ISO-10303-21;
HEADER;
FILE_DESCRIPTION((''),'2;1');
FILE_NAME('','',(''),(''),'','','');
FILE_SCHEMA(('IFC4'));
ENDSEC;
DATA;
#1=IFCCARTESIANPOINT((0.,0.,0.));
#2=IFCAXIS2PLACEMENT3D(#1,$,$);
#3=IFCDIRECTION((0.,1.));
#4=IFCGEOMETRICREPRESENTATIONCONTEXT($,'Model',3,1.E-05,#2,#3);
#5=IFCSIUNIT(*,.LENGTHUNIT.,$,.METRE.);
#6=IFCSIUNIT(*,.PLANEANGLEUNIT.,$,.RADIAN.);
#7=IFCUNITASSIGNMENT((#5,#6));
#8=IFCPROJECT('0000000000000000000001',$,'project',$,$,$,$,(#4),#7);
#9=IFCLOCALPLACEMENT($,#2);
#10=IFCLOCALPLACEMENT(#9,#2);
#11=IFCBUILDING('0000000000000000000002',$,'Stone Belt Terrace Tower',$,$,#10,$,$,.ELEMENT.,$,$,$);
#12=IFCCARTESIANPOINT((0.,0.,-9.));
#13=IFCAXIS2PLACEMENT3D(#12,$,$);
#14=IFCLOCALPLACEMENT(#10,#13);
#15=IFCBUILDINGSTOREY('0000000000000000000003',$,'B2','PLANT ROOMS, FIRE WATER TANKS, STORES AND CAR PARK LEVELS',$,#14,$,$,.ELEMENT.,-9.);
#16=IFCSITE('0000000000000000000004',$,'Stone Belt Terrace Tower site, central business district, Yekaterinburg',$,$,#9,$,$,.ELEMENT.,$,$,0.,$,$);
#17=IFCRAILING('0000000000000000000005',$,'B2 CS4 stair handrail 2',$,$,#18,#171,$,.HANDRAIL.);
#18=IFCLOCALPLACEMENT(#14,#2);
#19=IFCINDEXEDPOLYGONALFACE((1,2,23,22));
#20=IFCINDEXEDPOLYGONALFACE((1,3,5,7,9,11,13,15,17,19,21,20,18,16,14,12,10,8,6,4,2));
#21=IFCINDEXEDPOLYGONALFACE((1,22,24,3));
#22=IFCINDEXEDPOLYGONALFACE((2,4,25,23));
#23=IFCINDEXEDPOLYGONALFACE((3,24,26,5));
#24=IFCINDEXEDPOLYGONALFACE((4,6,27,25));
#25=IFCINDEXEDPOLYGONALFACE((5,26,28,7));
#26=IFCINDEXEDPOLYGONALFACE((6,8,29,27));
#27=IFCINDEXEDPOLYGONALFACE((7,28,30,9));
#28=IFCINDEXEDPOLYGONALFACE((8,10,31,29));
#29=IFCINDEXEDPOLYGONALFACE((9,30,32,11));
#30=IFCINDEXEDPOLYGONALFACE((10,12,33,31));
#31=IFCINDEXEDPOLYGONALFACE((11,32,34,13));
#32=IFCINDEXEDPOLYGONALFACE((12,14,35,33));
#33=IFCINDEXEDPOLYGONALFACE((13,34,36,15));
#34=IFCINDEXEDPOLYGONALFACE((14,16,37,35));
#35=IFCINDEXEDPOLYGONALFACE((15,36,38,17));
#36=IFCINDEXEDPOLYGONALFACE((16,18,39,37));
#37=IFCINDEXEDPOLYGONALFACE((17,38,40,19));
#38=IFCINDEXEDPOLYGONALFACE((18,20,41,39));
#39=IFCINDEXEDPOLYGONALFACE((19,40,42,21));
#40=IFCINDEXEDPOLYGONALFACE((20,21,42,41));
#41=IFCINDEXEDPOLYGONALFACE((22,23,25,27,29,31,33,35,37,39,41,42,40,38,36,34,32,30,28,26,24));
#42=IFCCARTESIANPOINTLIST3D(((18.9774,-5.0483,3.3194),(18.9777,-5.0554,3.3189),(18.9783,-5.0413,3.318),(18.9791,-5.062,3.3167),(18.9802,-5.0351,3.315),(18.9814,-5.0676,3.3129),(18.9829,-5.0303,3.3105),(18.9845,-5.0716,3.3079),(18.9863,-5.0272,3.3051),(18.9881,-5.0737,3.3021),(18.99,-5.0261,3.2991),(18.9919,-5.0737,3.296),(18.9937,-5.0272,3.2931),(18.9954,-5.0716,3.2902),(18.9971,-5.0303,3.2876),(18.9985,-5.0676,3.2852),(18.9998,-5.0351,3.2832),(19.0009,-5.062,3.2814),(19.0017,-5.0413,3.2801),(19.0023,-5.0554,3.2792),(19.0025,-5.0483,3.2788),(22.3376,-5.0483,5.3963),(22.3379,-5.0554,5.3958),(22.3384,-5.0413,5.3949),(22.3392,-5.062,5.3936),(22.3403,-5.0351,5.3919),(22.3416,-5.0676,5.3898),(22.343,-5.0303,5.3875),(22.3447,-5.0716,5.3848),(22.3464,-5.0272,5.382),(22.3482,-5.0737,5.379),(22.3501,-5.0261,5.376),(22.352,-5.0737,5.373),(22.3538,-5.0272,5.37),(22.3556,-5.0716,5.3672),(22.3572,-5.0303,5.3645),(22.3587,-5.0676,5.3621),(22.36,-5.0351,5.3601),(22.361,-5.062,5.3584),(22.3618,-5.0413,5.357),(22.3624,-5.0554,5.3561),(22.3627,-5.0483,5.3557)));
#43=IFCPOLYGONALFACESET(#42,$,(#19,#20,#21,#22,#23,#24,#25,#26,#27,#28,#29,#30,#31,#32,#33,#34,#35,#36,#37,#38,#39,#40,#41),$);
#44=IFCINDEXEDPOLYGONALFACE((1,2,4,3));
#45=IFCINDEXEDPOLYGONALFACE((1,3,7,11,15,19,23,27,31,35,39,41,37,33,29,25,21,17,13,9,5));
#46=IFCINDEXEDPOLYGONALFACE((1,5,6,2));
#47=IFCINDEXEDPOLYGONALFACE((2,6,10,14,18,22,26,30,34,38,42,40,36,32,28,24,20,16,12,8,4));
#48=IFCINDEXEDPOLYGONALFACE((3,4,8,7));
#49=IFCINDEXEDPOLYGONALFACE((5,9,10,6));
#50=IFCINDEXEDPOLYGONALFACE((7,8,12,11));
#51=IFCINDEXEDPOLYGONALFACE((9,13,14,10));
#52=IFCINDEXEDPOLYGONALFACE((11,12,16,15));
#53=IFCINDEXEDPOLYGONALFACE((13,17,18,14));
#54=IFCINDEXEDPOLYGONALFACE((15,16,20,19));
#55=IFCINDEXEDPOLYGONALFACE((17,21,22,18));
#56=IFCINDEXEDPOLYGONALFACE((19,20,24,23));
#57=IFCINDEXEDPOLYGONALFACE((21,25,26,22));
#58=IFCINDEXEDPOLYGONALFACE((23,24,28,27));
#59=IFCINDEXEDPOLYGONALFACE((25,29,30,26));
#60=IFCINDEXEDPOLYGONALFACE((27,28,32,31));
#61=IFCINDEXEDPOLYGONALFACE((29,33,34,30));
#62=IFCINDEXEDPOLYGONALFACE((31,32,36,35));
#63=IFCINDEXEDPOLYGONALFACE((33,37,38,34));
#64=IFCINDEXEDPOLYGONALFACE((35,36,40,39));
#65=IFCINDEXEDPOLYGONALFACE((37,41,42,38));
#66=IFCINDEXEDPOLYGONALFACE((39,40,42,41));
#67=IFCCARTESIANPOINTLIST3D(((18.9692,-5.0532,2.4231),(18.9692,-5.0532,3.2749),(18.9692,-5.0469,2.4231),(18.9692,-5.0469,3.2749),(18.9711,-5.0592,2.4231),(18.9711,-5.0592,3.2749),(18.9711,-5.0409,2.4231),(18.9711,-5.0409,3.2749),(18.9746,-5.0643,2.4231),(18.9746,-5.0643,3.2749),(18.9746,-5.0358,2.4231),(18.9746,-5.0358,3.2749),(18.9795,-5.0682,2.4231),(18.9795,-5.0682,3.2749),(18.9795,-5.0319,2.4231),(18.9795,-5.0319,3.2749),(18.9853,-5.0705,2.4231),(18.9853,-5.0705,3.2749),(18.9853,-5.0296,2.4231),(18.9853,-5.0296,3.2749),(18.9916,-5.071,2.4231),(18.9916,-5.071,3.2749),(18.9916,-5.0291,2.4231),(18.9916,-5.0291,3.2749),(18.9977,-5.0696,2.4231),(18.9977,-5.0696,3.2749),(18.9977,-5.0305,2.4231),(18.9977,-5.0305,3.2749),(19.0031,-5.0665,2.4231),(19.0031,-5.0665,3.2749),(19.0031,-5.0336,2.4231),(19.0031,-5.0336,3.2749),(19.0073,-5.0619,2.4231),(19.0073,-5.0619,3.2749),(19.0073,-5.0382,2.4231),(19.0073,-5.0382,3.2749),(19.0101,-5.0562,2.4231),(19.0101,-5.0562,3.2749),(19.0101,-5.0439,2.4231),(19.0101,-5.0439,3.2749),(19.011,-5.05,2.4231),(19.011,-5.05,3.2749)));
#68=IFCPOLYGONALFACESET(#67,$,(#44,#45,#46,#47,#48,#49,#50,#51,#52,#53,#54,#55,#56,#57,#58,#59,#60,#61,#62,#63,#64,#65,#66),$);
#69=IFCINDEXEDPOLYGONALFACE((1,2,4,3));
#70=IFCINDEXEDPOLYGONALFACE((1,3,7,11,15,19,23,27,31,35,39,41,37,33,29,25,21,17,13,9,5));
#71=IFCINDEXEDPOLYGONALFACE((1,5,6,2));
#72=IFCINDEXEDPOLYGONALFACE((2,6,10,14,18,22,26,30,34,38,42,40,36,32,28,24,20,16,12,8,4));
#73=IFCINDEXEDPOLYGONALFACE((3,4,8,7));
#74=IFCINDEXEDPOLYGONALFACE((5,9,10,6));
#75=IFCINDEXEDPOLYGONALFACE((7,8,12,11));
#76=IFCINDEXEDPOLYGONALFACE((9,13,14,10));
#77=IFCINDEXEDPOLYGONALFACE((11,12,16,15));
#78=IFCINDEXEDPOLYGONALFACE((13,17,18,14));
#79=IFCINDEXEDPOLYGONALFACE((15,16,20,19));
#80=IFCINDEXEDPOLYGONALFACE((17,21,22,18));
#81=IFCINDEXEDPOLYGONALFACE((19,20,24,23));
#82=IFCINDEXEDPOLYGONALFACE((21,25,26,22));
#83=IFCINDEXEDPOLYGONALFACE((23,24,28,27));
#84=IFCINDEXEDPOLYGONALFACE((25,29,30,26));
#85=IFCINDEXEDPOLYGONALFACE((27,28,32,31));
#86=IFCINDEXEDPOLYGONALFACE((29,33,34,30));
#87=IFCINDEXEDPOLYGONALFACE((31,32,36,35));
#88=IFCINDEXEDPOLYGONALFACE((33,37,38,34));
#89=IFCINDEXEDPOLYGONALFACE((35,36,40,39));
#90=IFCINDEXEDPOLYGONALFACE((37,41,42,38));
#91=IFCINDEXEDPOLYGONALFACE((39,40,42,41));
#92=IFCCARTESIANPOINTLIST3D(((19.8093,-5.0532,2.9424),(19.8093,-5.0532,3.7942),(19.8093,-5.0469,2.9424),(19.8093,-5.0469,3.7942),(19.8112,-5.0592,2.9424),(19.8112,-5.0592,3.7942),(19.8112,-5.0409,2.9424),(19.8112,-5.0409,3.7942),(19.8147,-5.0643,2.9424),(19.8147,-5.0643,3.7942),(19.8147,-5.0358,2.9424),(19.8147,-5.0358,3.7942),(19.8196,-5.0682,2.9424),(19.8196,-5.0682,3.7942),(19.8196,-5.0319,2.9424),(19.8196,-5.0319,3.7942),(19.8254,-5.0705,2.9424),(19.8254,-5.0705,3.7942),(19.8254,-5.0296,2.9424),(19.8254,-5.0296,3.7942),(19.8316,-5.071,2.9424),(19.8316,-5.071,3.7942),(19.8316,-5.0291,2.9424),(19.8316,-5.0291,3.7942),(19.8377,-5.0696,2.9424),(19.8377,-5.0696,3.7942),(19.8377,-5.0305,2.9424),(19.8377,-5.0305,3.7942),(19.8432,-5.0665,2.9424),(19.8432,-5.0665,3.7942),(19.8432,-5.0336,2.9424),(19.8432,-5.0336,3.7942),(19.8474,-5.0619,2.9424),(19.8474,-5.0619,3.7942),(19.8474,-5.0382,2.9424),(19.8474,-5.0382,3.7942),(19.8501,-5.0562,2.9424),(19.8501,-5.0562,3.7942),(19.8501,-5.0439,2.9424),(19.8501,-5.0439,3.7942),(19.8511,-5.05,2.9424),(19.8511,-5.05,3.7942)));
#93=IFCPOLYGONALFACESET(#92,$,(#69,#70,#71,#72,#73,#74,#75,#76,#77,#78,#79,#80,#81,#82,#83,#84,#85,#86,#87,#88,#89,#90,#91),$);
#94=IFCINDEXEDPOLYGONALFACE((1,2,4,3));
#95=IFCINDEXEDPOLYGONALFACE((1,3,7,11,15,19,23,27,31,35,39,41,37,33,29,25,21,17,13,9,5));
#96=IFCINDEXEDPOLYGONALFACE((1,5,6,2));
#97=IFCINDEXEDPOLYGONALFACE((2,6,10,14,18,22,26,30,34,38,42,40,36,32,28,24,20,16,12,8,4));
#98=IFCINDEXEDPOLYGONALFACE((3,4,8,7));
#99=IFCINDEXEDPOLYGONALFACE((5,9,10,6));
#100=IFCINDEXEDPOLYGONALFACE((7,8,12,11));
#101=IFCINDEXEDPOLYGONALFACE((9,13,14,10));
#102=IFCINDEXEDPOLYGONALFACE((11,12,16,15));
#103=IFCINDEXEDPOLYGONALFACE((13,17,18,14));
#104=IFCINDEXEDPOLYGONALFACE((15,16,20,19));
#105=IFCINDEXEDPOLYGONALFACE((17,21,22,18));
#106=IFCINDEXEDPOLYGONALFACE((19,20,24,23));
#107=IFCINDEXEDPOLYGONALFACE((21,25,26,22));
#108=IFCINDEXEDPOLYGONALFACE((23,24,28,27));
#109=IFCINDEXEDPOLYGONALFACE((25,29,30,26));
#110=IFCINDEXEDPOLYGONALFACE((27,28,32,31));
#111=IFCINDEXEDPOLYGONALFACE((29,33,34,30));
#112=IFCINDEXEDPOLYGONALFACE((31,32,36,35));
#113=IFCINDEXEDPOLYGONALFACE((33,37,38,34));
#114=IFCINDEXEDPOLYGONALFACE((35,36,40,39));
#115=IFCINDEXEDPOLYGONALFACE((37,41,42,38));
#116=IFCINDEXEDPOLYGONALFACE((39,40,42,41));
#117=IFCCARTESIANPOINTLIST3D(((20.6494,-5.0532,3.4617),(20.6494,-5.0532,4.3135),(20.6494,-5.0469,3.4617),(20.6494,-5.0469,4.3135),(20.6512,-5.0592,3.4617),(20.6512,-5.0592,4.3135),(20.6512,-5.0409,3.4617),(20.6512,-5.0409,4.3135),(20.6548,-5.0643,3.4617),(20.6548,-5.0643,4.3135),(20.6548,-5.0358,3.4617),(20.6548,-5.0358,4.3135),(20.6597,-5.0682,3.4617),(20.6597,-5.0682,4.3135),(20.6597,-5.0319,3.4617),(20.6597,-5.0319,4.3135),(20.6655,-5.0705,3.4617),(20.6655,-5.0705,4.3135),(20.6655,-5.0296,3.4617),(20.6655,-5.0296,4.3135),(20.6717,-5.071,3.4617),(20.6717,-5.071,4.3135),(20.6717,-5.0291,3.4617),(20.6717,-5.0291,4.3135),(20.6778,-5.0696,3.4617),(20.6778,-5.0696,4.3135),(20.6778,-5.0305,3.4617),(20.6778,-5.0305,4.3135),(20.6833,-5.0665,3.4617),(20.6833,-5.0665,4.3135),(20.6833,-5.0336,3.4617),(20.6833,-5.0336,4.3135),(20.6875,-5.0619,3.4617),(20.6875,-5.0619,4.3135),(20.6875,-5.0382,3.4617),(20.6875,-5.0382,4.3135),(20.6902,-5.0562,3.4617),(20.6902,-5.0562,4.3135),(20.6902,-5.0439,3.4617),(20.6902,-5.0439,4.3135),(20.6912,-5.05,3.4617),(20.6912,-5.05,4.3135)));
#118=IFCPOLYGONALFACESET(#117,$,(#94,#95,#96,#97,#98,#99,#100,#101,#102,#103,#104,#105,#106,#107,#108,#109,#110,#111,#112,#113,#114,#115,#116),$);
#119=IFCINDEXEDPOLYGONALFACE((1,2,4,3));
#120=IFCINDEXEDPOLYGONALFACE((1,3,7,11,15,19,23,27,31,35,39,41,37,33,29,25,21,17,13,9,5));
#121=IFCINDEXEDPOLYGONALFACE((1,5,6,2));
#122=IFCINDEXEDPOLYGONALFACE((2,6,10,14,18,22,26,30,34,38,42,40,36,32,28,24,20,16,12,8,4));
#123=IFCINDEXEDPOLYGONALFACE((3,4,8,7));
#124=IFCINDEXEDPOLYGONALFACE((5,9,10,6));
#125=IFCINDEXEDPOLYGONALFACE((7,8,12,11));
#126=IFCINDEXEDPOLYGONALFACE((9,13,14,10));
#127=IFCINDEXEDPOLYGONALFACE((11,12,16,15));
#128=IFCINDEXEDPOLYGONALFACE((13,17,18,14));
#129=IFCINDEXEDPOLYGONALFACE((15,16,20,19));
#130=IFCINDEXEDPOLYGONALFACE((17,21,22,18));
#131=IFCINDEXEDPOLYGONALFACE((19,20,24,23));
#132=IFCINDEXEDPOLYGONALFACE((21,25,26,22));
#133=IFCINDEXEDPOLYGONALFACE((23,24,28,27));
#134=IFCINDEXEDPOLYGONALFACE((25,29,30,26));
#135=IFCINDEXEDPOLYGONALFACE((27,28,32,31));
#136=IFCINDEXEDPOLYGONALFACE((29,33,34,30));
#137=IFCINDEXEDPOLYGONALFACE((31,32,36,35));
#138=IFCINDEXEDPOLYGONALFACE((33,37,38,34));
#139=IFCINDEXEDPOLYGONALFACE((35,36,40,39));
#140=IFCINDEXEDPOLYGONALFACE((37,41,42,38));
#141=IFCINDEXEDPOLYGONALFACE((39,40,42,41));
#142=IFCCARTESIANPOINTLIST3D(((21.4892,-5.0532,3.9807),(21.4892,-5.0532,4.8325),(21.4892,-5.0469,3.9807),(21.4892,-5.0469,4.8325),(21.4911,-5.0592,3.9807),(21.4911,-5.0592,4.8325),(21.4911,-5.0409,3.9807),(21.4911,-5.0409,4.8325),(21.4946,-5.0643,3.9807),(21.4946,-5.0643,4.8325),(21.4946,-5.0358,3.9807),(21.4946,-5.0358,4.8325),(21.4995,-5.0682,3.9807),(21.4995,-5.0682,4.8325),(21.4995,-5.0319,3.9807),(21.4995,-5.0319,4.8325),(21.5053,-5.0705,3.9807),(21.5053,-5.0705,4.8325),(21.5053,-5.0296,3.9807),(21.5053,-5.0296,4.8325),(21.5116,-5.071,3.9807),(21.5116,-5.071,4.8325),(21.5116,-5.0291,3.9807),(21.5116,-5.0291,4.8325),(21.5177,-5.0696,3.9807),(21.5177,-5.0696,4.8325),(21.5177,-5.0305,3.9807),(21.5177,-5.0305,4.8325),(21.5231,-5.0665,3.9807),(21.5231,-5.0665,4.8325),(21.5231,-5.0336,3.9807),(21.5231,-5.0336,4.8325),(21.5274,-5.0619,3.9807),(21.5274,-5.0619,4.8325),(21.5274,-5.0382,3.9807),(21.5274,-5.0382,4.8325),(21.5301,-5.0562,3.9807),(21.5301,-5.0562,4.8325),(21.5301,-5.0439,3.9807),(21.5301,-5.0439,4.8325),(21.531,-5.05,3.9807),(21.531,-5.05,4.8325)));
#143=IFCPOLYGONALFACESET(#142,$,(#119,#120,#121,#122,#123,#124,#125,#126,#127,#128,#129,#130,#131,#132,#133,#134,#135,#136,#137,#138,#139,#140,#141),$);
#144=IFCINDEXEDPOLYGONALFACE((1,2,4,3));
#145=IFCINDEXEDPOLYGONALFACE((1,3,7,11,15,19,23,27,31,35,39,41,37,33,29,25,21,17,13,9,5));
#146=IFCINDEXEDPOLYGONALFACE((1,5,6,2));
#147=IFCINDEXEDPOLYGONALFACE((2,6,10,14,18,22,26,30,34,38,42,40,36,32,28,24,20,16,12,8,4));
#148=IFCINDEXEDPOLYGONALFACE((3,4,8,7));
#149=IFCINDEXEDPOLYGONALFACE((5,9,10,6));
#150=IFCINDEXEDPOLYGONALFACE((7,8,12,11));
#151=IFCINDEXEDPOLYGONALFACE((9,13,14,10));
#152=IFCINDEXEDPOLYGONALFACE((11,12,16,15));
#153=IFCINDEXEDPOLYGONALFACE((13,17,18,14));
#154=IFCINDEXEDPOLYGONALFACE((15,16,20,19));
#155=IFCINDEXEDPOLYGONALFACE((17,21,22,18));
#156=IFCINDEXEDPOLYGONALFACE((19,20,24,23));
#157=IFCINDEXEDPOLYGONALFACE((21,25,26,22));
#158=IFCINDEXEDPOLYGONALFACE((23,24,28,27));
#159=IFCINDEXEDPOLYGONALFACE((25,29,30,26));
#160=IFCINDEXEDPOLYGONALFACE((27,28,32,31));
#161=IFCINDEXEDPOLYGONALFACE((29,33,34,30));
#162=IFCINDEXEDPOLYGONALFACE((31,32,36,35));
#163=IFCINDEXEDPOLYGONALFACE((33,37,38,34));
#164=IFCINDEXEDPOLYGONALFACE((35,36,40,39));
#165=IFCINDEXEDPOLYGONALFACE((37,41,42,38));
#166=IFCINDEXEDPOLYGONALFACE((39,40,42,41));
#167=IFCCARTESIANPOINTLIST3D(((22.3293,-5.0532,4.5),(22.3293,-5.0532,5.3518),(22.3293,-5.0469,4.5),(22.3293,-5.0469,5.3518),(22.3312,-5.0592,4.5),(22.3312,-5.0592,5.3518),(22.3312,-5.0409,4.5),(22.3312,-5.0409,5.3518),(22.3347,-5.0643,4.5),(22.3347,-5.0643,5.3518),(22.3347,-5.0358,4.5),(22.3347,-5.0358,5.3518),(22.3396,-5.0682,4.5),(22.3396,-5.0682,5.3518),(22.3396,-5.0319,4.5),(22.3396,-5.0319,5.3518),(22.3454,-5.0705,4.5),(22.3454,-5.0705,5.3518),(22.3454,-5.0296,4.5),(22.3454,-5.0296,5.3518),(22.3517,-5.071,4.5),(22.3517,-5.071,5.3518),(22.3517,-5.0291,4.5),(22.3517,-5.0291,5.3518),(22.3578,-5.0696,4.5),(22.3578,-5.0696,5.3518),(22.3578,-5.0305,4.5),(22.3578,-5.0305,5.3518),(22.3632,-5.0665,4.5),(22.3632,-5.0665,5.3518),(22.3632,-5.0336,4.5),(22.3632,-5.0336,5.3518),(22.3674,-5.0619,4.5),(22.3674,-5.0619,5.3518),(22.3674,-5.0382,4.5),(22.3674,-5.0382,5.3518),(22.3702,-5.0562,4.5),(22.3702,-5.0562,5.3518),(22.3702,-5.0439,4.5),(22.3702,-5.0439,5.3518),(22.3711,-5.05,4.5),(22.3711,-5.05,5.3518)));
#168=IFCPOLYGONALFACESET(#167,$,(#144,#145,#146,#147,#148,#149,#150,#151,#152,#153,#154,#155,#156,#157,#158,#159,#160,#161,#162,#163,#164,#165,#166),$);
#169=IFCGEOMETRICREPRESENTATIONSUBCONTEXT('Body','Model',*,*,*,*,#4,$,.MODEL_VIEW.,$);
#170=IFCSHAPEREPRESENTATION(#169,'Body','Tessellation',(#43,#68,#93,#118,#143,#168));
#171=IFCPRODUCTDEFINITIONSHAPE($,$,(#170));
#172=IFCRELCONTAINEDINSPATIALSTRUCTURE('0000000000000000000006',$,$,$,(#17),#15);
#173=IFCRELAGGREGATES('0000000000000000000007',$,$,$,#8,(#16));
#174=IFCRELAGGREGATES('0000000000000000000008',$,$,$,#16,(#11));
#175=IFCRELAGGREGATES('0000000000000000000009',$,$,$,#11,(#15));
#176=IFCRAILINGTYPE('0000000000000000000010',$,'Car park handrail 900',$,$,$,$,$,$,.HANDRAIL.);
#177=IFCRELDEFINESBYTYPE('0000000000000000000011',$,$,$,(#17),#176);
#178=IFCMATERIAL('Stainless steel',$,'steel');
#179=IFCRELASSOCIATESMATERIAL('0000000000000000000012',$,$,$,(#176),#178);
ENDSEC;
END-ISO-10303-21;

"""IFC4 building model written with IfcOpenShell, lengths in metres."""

from ifc_helpers import new_model, si_unit, direction, frame, origin, origin_2d, place, context, subcontext, project, spatial, circle, extrude, material, type_object, element, save


model = new_model("IFC4")

# Units and contexts
model_context = context("Model", 3, precision=1e-05, world=origin(), true_north=direction((0.0, 1.0)))
body_context = subcontext(model_context, "Body", "Model", "MODEL_VIEW")
ifc_project = project(units=[si_unit("LENGTHUNIT", "METRE"), si_unit("PLANEANGLEUNIT", "RADIAN")], contexts=[model_context])

# Site, building, storey
site_placement = place(None, origin())
site = spatial("IfcSite", under=ifc_project, at=site_placement, Name="Stone Belt Terrace Tower site, central business district, Yekaterinburg", CompositionType="ELEMENT", RefElevation=0.0)
building_placement = place(site_placement, origin())
building = spatial("IfcBuilding", under=site, at=building_placement, Name="Stone Belt Terrace Tower", CompositionType="ELEMENT")
storey_placement = place(building_placement, frame((0.0, 0.0, -9.0)))
storey = spatial("IfcBuildingStorey", under=building, at=storey_placement, Name="B2", Description="PLANT ROOMS, FIRE WATER TANKS, STORES AND CAR PARK LEVELS", CompositionType="ELEMENT", Elevation=-9.0)

# Railing
ifc_material_1 = material(Name="Stainless steel", Category="steel")
railing_type = type_object("IfcRailingType", Name="Car park handrail 900", PredefinedType="HANDRAIL", material=ifc_material_1)
railing_placement = place(storey_placement, frame((18.99, -5.05, 2.4231)))
element("IfcRailing", 1, at=railing_placement, inside=storey, type_object=railing_type, Name="B2 CS4 stair handrail 2", PredefinedType="HANDRAIL", context=body_context, shape_type="SweptSolid", body=[
    extrude(circle(Radius=0.0239, at=origin_2d()), frame((0.0, 0.0, 0.876), z_axis=(0.850623, 0.0, 0.525776), x_axis=(0.0, 1.0, 0.0)), (0.0, 0.0, 1.0), 3.9502),
    extrude(circle(Radius=0.021, at=origin_2d()), origin(), (0.0, 0.0, 1.0), 0.8518),
    extrude(circle(Radius=0.021, at=origin_2d()), frame((0.8401, 0.0, 0.5193)), (0.0, 0.0, 1.0), 0.8518),
    extrude(circle(Radius=0.021, at=origin_2d()), frame((1.6802, 0.0, 1.0386)), (0.0, 0.0, 1.0), 0.8518),
    extrude(circle(Radius=0.021, at=origin_2d()), frame((2.52, 0.0, 1.5576)), (0.0, 0.0, 1.0), 0.8518),
    extrude(circle(Radius=0.021, at=origin_2d()), frame((3.3601, 0.0, 2.0769)), (0.0, 0.0, 1.0), 0.8518),
])

save(model, "model.ifc")
